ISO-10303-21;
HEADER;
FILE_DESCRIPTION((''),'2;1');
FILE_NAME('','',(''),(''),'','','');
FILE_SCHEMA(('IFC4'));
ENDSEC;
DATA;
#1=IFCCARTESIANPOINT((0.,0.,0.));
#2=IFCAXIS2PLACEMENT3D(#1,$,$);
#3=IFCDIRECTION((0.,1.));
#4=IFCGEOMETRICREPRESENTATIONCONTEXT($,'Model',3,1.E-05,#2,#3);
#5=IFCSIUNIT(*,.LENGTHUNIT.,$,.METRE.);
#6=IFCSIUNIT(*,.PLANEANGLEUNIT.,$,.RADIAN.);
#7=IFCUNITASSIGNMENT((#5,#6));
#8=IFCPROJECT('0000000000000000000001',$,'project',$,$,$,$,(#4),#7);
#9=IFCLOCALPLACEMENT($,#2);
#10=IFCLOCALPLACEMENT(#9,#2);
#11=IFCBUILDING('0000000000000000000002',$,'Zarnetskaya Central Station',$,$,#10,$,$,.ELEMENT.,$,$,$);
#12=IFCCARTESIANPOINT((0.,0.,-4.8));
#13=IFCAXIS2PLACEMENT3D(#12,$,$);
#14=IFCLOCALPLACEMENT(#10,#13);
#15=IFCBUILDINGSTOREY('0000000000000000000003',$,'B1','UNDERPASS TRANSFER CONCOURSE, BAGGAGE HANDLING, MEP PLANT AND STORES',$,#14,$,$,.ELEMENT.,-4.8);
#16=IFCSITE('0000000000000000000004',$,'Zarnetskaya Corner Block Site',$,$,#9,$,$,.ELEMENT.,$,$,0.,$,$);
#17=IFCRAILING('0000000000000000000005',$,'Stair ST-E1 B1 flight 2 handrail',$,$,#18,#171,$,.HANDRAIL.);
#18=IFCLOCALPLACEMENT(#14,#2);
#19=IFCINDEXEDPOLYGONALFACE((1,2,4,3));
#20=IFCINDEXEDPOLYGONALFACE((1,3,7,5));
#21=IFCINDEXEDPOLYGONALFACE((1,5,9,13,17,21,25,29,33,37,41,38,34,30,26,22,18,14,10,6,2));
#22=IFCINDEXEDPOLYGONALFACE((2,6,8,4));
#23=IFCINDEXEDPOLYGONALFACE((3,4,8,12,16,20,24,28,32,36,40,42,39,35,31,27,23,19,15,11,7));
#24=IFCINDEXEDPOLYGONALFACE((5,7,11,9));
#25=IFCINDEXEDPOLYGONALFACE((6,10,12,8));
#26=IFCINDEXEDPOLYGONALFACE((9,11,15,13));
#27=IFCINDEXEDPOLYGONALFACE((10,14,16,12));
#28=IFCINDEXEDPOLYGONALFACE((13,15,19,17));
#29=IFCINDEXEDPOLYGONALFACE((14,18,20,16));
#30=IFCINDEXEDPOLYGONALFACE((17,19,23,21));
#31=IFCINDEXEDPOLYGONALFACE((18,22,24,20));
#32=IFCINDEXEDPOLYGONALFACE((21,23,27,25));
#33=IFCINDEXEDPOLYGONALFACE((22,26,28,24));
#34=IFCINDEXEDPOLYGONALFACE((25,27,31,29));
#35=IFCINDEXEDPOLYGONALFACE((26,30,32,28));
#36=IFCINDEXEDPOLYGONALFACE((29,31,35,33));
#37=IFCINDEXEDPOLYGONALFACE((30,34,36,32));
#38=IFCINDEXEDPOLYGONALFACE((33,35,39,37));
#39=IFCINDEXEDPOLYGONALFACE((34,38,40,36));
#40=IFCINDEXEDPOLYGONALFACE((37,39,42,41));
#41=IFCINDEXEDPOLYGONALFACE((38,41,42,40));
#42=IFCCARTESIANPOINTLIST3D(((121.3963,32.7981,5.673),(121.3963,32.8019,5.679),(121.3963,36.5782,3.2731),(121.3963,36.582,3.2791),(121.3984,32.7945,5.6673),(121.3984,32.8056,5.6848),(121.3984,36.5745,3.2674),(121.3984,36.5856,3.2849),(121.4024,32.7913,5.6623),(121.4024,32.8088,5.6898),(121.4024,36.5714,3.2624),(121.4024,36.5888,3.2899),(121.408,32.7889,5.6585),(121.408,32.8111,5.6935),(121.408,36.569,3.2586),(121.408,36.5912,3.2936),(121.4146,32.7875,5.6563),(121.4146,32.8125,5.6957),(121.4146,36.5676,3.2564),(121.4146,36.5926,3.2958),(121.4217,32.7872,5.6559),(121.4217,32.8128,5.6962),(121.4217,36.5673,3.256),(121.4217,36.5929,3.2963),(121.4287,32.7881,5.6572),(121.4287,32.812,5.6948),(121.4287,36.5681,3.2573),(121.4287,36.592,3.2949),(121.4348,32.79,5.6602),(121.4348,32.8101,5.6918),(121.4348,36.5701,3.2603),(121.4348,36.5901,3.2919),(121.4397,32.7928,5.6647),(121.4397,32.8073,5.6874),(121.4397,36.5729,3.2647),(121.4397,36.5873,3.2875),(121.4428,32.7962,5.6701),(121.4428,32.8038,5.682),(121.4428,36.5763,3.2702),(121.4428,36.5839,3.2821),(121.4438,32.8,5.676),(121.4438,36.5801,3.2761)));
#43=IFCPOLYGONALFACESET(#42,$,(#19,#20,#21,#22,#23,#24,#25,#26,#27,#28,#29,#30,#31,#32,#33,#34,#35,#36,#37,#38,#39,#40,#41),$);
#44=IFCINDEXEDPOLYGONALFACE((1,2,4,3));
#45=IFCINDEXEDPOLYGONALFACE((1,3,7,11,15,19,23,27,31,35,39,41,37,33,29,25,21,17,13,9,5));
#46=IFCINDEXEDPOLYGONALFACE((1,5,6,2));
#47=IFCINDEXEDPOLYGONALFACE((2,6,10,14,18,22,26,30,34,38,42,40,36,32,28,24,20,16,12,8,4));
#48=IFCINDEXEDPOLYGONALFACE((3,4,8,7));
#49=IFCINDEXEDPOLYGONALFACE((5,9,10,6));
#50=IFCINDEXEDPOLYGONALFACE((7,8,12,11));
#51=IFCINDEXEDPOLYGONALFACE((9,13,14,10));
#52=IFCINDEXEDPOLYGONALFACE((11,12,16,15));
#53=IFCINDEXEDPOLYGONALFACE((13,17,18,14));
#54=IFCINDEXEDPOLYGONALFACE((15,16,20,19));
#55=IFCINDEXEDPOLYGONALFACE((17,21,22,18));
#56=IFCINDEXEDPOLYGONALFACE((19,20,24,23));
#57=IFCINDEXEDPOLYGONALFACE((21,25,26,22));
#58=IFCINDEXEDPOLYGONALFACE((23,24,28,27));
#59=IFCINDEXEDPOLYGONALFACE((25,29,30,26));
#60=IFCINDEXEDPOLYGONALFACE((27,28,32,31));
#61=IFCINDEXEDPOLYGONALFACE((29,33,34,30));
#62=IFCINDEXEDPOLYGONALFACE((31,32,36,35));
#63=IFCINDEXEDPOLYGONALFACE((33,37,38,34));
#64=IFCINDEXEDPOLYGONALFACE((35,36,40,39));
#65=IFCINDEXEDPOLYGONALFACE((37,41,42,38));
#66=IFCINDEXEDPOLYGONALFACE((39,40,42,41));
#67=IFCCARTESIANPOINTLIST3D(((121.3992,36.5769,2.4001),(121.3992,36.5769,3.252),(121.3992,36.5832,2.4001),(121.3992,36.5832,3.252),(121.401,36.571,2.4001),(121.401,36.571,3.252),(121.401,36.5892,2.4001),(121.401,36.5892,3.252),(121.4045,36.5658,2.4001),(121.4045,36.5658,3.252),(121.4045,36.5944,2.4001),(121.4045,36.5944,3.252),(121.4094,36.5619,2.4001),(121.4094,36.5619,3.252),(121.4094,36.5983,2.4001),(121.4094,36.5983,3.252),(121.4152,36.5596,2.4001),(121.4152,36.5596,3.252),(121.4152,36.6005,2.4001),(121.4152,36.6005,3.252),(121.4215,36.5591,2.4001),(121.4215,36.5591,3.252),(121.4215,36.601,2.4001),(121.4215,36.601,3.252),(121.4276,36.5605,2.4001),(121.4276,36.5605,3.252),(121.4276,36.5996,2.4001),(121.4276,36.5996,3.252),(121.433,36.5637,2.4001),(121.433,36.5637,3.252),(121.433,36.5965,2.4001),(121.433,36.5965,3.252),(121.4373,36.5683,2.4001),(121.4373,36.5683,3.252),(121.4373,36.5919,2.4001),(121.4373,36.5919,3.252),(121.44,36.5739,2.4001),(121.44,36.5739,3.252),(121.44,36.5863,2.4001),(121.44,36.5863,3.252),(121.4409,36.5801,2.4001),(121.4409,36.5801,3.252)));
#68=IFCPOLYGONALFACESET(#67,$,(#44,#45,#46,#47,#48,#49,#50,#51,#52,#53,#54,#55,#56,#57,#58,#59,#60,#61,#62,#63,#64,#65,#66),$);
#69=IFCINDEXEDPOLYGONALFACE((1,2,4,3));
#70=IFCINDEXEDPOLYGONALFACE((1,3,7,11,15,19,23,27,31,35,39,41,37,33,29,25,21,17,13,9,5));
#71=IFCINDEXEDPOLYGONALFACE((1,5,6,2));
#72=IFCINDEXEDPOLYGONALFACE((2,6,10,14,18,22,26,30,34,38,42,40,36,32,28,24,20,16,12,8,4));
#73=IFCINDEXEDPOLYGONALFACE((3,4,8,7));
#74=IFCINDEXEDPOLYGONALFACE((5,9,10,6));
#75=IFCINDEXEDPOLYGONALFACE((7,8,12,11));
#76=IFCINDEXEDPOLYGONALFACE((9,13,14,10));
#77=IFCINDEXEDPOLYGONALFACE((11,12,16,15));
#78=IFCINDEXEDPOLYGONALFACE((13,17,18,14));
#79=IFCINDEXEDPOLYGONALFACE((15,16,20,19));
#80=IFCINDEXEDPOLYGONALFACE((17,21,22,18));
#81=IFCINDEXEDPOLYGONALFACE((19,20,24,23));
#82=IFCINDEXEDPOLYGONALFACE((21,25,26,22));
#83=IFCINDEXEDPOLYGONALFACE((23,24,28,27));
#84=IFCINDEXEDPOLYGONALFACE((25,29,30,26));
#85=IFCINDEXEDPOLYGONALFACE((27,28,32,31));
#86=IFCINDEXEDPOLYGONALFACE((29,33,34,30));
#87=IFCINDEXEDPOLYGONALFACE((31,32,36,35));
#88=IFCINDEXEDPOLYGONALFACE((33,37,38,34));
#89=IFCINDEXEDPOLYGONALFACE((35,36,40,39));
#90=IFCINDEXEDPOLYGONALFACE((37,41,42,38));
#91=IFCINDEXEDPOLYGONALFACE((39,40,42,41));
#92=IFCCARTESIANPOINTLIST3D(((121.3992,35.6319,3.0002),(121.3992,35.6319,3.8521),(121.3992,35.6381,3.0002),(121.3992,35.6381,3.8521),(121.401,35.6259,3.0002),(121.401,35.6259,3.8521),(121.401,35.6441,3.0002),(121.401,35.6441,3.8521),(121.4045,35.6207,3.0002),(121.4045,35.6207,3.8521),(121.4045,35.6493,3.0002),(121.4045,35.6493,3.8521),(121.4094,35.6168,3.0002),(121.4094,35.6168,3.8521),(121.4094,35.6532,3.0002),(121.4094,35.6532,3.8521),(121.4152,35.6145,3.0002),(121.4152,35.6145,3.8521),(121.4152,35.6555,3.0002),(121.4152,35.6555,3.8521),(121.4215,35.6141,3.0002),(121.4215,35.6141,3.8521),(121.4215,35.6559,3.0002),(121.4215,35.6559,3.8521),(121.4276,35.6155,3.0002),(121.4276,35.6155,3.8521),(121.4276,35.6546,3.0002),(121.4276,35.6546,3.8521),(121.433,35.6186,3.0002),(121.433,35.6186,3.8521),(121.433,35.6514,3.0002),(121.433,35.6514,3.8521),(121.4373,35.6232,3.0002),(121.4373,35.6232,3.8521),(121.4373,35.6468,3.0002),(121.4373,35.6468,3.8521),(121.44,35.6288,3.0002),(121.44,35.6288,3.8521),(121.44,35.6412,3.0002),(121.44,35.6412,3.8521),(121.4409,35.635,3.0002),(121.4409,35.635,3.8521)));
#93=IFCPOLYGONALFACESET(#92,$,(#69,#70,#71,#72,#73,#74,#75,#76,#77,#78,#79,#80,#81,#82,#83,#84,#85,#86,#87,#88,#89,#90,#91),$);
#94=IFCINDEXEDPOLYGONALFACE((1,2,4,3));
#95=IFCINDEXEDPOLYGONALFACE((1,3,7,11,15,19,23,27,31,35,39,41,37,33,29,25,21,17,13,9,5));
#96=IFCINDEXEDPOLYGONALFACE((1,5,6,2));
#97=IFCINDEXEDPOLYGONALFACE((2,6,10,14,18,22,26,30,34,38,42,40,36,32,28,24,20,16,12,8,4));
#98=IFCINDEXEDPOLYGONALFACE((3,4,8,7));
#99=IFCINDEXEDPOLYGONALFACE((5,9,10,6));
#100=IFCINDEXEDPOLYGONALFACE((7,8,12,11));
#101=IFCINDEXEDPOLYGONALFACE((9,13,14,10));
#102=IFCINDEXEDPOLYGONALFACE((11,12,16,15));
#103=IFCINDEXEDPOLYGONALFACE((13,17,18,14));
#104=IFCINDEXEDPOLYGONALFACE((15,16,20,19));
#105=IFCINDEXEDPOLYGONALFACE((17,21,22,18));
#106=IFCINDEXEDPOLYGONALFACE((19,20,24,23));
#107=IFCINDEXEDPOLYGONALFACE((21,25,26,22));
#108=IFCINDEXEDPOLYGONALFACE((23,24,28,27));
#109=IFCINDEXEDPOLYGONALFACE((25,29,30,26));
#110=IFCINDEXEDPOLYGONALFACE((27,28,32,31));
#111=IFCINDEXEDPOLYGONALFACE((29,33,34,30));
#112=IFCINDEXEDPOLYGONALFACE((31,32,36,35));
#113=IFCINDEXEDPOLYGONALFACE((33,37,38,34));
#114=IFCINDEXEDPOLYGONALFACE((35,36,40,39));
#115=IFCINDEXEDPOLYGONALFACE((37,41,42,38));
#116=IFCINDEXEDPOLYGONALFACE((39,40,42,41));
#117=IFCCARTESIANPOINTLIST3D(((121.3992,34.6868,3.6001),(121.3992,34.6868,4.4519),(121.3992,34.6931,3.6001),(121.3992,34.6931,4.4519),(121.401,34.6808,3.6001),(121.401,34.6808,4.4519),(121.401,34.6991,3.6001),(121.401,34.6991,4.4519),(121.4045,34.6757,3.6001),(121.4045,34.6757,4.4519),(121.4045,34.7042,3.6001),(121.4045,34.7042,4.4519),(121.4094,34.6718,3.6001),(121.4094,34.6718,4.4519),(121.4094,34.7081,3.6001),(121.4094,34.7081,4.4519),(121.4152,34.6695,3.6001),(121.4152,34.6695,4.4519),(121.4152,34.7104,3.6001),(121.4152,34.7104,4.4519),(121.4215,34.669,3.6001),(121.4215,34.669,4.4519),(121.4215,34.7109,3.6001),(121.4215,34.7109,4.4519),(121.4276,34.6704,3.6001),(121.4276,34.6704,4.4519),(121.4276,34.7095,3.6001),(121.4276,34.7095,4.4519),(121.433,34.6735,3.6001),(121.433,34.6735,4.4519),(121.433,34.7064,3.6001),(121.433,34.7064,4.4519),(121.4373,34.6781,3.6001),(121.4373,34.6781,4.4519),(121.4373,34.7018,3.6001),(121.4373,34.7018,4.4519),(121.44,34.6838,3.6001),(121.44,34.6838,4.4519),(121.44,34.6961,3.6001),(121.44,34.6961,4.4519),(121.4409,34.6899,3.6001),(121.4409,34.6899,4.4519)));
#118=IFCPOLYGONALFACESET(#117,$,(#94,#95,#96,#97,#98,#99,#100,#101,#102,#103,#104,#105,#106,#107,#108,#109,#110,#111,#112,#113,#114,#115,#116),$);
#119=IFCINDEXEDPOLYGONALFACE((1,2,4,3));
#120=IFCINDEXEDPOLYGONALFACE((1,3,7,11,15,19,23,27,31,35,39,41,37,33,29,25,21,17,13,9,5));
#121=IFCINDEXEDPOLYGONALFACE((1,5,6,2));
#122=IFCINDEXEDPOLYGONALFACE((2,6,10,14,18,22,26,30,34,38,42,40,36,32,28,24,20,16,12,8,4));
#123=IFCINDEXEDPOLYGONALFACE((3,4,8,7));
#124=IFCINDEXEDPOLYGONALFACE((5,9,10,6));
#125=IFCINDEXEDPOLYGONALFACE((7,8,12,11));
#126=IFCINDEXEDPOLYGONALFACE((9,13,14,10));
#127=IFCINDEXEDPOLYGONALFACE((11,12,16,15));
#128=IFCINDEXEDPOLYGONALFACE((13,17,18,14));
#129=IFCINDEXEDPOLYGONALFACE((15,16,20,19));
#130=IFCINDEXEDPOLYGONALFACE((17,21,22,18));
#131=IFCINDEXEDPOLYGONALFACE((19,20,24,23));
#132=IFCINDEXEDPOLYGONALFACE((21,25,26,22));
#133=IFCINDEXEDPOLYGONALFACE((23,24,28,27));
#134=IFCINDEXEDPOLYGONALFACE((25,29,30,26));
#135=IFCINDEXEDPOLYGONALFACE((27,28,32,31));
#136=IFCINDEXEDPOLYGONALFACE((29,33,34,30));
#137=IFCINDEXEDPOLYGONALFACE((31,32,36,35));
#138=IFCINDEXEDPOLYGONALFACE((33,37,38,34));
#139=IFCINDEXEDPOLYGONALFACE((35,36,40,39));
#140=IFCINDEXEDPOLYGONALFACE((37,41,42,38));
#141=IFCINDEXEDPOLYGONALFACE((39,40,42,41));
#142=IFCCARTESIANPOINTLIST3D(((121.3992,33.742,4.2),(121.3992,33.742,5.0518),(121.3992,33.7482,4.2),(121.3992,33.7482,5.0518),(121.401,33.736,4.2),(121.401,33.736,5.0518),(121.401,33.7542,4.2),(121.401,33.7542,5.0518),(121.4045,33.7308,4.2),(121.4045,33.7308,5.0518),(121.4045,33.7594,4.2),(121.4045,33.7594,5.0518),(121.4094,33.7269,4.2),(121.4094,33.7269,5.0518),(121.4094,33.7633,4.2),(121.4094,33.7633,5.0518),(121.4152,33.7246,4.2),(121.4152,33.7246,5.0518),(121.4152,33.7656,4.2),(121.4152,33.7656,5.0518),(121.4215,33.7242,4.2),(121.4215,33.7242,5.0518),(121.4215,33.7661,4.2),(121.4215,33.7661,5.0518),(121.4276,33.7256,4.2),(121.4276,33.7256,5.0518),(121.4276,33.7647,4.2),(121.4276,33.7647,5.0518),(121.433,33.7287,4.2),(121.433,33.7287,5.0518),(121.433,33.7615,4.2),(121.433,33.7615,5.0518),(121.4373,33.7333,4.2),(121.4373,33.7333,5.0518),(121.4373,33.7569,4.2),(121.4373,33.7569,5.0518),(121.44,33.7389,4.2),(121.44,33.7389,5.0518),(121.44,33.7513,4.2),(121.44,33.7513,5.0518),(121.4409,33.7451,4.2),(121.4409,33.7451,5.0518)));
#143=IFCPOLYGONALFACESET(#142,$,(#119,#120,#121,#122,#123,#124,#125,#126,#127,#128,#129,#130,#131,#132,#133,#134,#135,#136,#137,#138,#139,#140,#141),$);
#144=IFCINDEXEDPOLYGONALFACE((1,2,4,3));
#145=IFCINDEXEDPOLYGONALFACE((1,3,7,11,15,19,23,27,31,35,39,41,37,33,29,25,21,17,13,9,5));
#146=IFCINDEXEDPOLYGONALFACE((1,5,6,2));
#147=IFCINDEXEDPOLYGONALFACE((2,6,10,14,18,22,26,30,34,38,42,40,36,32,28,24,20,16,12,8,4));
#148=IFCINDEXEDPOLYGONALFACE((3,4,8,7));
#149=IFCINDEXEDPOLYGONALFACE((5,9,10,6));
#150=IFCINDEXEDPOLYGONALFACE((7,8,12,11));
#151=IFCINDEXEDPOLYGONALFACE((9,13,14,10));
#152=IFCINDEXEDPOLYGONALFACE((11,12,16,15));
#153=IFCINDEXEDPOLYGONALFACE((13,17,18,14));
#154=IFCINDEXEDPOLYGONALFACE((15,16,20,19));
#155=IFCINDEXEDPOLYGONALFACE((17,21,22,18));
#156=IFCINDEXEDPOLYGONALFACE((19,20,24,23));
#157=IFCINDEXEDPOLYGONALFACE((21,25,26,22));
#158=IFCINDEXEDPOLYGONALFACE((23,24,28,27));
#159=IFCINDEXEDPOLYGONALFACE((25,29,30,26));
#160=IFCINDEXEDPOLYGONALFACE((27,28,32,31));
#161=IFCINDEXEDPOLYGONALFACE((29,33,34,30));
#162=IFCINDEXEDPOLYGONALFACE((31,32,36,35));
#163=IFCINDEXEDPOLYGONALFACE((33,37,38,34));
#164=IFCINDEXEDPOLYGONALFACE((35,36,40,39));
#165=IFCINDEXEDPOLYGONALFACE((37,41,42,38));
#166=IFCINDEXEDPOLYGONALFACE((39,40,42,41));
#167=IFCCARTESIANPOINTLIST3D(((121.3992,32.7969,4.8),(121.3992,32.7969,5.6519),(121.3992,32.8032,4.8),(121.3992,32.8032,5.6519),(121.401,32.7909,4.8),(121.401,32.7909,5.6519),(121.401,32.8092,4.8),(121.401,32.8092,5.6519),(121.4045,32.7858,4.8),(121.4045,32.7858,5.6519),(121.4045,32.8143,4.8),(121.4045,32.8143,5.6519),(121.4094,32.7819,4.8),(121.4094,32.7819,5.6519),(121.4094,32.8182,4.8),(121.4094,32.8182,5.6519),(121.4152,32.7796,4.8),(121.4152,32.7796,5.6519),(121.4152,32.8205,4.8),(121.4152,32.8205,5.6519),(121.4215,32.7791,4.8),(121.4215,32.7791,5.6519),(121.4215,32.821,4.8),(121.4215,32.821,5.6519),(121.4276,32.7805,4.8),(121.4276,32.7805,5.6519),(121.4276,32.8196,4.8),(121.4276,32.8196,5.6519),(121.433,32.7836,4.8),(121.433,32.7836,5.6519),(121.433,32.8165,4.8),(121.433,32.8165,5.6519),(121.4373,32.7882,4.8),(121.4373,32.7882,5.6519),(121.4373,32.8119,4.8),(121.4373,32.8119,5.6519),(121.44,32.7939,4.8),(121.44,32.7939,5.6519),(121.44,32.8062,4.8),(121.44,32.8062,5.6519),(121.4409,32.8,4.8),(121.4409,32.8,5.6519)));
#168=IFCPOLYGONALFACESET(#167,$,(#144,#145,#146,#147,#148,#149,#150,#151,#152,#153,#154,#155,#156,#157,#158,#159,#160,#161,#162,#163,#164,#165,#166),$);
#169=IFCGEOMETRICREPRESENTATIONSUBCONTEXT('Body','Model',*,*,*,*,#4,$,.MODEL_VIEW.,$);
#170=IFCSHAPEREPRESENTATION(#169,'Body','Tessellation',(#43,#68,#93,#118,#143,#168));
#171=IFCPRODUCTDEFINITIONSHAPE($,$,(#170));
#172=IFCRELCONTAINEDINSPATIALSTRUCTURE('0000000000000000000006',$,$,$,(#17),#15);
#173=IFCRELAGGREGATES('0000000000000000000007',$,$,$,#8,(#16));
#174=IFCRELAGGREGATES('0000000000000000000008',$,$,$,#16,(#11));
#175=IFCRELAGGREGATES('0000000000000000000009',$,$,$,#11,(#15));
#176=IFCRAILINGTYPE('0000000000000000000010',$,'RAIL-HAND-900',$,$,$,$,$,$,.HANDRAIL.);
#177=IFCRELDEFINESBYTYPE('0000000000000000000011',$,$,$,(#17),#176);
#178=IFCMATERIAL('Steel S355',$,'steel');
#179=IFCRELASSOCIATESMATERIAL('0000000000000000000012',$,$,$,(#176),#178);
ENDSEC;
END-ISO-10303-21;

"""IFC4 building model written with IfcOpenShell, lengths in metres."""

from ifc_helpers import new_model, si_unit, direction, frame, origin, origin_2d, place, context, subcontext, project, spatial, circle, extrude, material, type_object, element, save


model = new_model("IFC4")

# Units and contexts
model_context = context("Model", 3, precision=1e-05, world=origin(), true_north=direction((0.0, 1.0)))
body_context = subcontext(model_context, "Body", "Model", "MODEL_VIEW")
ifc_project = project(units=[si_unit("LENGTHUNIT", "METRE"), si_unit("PLANEANGLEUNIT", "RADIAN")], contexts=[model_context])

# Site, building, storey
site_placement = place(None, origin())
site = spatial("IfcSite", under=ifc_project, at=site_placement, Name="Zarnetskaya Corner Block Site", CompositionType="ELEMENT", RefElevation=0.0)
building_placement = place(site_placement, origin())
building = spatial("IfcBuilding", under=site, at=building_placement, Name="Zarnetskaya Central Station", CompositionType="ELEMENT")
storey_placement = place(building_placement, frame((0.0, 0.0, -4.8)))
storey = spatial("IfcBuildingStorey", under=building, at=storey_placement, Name="B1", Description="UNDERPASS TRANSFER CONCOURSE, BAGGAGE HANDLING, MEP PLANT AND STORES", CompositionType="ELEMENT", Elevation=-4.8)

# Railing
ifc_material_1 = material(Name="Steel S355", Category="steel")
railing_type_1 = type_object("IfcRailingType", Name="RAIL-HAND-900", PredefinedType="HANDRAIL", material=ifc_material_1)
railing_1_placement = place(storey_placement, frame((121.4199, 36.5801, 2.4001)))
element("IfcRailing", 1, at=railing_1_placement, inside=storey, type_object=railing_type_1, Name="Stair ST-E1 B1 flight 2 handrail", PredefinedType="HANDRAIL", context=body_context, shape_type="SweptSolid", body=[
    extrude(circle(Radius=0.0239, at=origin_2d()), frame((0.0, 0.0, 0.876), z_axis=(0.0, -0.844225, 0.53599), x_axis=(1.0, 0.0, 0.0)), (0.0, 0.0, 1.0), 4.4775),
    extrude(circle(Radius=0.021, at=origin_2d()), origin(), (0.0, 0.0, 1.0), 0.8518),
    extrude(circle(Radius=0.021, at=origin_2d()), frame((0.0, -0.9451, 0.6001)), (0.0, 0.0, 1.0), 0.8518),
    extrude(circle(Radius=0.021, at=origin_2d()), frame((0.0, -1.8901, 1.2)), (0.0, 0.0, 1.0), 0.8518),
    extrude(circle(Radius=0.021, at=origin_2d()), frame((0.0, -2.835, 1.7998)), (0.0, 0.0, 1.0), 0.8518),
    extrude(circle(Radius=0.021, at=origin_2d()), frame((0.0, -3.78, 2.3999)), (0.0, 0.0, 1.0), 0.8518),
])

save(model, "model.ifc")
